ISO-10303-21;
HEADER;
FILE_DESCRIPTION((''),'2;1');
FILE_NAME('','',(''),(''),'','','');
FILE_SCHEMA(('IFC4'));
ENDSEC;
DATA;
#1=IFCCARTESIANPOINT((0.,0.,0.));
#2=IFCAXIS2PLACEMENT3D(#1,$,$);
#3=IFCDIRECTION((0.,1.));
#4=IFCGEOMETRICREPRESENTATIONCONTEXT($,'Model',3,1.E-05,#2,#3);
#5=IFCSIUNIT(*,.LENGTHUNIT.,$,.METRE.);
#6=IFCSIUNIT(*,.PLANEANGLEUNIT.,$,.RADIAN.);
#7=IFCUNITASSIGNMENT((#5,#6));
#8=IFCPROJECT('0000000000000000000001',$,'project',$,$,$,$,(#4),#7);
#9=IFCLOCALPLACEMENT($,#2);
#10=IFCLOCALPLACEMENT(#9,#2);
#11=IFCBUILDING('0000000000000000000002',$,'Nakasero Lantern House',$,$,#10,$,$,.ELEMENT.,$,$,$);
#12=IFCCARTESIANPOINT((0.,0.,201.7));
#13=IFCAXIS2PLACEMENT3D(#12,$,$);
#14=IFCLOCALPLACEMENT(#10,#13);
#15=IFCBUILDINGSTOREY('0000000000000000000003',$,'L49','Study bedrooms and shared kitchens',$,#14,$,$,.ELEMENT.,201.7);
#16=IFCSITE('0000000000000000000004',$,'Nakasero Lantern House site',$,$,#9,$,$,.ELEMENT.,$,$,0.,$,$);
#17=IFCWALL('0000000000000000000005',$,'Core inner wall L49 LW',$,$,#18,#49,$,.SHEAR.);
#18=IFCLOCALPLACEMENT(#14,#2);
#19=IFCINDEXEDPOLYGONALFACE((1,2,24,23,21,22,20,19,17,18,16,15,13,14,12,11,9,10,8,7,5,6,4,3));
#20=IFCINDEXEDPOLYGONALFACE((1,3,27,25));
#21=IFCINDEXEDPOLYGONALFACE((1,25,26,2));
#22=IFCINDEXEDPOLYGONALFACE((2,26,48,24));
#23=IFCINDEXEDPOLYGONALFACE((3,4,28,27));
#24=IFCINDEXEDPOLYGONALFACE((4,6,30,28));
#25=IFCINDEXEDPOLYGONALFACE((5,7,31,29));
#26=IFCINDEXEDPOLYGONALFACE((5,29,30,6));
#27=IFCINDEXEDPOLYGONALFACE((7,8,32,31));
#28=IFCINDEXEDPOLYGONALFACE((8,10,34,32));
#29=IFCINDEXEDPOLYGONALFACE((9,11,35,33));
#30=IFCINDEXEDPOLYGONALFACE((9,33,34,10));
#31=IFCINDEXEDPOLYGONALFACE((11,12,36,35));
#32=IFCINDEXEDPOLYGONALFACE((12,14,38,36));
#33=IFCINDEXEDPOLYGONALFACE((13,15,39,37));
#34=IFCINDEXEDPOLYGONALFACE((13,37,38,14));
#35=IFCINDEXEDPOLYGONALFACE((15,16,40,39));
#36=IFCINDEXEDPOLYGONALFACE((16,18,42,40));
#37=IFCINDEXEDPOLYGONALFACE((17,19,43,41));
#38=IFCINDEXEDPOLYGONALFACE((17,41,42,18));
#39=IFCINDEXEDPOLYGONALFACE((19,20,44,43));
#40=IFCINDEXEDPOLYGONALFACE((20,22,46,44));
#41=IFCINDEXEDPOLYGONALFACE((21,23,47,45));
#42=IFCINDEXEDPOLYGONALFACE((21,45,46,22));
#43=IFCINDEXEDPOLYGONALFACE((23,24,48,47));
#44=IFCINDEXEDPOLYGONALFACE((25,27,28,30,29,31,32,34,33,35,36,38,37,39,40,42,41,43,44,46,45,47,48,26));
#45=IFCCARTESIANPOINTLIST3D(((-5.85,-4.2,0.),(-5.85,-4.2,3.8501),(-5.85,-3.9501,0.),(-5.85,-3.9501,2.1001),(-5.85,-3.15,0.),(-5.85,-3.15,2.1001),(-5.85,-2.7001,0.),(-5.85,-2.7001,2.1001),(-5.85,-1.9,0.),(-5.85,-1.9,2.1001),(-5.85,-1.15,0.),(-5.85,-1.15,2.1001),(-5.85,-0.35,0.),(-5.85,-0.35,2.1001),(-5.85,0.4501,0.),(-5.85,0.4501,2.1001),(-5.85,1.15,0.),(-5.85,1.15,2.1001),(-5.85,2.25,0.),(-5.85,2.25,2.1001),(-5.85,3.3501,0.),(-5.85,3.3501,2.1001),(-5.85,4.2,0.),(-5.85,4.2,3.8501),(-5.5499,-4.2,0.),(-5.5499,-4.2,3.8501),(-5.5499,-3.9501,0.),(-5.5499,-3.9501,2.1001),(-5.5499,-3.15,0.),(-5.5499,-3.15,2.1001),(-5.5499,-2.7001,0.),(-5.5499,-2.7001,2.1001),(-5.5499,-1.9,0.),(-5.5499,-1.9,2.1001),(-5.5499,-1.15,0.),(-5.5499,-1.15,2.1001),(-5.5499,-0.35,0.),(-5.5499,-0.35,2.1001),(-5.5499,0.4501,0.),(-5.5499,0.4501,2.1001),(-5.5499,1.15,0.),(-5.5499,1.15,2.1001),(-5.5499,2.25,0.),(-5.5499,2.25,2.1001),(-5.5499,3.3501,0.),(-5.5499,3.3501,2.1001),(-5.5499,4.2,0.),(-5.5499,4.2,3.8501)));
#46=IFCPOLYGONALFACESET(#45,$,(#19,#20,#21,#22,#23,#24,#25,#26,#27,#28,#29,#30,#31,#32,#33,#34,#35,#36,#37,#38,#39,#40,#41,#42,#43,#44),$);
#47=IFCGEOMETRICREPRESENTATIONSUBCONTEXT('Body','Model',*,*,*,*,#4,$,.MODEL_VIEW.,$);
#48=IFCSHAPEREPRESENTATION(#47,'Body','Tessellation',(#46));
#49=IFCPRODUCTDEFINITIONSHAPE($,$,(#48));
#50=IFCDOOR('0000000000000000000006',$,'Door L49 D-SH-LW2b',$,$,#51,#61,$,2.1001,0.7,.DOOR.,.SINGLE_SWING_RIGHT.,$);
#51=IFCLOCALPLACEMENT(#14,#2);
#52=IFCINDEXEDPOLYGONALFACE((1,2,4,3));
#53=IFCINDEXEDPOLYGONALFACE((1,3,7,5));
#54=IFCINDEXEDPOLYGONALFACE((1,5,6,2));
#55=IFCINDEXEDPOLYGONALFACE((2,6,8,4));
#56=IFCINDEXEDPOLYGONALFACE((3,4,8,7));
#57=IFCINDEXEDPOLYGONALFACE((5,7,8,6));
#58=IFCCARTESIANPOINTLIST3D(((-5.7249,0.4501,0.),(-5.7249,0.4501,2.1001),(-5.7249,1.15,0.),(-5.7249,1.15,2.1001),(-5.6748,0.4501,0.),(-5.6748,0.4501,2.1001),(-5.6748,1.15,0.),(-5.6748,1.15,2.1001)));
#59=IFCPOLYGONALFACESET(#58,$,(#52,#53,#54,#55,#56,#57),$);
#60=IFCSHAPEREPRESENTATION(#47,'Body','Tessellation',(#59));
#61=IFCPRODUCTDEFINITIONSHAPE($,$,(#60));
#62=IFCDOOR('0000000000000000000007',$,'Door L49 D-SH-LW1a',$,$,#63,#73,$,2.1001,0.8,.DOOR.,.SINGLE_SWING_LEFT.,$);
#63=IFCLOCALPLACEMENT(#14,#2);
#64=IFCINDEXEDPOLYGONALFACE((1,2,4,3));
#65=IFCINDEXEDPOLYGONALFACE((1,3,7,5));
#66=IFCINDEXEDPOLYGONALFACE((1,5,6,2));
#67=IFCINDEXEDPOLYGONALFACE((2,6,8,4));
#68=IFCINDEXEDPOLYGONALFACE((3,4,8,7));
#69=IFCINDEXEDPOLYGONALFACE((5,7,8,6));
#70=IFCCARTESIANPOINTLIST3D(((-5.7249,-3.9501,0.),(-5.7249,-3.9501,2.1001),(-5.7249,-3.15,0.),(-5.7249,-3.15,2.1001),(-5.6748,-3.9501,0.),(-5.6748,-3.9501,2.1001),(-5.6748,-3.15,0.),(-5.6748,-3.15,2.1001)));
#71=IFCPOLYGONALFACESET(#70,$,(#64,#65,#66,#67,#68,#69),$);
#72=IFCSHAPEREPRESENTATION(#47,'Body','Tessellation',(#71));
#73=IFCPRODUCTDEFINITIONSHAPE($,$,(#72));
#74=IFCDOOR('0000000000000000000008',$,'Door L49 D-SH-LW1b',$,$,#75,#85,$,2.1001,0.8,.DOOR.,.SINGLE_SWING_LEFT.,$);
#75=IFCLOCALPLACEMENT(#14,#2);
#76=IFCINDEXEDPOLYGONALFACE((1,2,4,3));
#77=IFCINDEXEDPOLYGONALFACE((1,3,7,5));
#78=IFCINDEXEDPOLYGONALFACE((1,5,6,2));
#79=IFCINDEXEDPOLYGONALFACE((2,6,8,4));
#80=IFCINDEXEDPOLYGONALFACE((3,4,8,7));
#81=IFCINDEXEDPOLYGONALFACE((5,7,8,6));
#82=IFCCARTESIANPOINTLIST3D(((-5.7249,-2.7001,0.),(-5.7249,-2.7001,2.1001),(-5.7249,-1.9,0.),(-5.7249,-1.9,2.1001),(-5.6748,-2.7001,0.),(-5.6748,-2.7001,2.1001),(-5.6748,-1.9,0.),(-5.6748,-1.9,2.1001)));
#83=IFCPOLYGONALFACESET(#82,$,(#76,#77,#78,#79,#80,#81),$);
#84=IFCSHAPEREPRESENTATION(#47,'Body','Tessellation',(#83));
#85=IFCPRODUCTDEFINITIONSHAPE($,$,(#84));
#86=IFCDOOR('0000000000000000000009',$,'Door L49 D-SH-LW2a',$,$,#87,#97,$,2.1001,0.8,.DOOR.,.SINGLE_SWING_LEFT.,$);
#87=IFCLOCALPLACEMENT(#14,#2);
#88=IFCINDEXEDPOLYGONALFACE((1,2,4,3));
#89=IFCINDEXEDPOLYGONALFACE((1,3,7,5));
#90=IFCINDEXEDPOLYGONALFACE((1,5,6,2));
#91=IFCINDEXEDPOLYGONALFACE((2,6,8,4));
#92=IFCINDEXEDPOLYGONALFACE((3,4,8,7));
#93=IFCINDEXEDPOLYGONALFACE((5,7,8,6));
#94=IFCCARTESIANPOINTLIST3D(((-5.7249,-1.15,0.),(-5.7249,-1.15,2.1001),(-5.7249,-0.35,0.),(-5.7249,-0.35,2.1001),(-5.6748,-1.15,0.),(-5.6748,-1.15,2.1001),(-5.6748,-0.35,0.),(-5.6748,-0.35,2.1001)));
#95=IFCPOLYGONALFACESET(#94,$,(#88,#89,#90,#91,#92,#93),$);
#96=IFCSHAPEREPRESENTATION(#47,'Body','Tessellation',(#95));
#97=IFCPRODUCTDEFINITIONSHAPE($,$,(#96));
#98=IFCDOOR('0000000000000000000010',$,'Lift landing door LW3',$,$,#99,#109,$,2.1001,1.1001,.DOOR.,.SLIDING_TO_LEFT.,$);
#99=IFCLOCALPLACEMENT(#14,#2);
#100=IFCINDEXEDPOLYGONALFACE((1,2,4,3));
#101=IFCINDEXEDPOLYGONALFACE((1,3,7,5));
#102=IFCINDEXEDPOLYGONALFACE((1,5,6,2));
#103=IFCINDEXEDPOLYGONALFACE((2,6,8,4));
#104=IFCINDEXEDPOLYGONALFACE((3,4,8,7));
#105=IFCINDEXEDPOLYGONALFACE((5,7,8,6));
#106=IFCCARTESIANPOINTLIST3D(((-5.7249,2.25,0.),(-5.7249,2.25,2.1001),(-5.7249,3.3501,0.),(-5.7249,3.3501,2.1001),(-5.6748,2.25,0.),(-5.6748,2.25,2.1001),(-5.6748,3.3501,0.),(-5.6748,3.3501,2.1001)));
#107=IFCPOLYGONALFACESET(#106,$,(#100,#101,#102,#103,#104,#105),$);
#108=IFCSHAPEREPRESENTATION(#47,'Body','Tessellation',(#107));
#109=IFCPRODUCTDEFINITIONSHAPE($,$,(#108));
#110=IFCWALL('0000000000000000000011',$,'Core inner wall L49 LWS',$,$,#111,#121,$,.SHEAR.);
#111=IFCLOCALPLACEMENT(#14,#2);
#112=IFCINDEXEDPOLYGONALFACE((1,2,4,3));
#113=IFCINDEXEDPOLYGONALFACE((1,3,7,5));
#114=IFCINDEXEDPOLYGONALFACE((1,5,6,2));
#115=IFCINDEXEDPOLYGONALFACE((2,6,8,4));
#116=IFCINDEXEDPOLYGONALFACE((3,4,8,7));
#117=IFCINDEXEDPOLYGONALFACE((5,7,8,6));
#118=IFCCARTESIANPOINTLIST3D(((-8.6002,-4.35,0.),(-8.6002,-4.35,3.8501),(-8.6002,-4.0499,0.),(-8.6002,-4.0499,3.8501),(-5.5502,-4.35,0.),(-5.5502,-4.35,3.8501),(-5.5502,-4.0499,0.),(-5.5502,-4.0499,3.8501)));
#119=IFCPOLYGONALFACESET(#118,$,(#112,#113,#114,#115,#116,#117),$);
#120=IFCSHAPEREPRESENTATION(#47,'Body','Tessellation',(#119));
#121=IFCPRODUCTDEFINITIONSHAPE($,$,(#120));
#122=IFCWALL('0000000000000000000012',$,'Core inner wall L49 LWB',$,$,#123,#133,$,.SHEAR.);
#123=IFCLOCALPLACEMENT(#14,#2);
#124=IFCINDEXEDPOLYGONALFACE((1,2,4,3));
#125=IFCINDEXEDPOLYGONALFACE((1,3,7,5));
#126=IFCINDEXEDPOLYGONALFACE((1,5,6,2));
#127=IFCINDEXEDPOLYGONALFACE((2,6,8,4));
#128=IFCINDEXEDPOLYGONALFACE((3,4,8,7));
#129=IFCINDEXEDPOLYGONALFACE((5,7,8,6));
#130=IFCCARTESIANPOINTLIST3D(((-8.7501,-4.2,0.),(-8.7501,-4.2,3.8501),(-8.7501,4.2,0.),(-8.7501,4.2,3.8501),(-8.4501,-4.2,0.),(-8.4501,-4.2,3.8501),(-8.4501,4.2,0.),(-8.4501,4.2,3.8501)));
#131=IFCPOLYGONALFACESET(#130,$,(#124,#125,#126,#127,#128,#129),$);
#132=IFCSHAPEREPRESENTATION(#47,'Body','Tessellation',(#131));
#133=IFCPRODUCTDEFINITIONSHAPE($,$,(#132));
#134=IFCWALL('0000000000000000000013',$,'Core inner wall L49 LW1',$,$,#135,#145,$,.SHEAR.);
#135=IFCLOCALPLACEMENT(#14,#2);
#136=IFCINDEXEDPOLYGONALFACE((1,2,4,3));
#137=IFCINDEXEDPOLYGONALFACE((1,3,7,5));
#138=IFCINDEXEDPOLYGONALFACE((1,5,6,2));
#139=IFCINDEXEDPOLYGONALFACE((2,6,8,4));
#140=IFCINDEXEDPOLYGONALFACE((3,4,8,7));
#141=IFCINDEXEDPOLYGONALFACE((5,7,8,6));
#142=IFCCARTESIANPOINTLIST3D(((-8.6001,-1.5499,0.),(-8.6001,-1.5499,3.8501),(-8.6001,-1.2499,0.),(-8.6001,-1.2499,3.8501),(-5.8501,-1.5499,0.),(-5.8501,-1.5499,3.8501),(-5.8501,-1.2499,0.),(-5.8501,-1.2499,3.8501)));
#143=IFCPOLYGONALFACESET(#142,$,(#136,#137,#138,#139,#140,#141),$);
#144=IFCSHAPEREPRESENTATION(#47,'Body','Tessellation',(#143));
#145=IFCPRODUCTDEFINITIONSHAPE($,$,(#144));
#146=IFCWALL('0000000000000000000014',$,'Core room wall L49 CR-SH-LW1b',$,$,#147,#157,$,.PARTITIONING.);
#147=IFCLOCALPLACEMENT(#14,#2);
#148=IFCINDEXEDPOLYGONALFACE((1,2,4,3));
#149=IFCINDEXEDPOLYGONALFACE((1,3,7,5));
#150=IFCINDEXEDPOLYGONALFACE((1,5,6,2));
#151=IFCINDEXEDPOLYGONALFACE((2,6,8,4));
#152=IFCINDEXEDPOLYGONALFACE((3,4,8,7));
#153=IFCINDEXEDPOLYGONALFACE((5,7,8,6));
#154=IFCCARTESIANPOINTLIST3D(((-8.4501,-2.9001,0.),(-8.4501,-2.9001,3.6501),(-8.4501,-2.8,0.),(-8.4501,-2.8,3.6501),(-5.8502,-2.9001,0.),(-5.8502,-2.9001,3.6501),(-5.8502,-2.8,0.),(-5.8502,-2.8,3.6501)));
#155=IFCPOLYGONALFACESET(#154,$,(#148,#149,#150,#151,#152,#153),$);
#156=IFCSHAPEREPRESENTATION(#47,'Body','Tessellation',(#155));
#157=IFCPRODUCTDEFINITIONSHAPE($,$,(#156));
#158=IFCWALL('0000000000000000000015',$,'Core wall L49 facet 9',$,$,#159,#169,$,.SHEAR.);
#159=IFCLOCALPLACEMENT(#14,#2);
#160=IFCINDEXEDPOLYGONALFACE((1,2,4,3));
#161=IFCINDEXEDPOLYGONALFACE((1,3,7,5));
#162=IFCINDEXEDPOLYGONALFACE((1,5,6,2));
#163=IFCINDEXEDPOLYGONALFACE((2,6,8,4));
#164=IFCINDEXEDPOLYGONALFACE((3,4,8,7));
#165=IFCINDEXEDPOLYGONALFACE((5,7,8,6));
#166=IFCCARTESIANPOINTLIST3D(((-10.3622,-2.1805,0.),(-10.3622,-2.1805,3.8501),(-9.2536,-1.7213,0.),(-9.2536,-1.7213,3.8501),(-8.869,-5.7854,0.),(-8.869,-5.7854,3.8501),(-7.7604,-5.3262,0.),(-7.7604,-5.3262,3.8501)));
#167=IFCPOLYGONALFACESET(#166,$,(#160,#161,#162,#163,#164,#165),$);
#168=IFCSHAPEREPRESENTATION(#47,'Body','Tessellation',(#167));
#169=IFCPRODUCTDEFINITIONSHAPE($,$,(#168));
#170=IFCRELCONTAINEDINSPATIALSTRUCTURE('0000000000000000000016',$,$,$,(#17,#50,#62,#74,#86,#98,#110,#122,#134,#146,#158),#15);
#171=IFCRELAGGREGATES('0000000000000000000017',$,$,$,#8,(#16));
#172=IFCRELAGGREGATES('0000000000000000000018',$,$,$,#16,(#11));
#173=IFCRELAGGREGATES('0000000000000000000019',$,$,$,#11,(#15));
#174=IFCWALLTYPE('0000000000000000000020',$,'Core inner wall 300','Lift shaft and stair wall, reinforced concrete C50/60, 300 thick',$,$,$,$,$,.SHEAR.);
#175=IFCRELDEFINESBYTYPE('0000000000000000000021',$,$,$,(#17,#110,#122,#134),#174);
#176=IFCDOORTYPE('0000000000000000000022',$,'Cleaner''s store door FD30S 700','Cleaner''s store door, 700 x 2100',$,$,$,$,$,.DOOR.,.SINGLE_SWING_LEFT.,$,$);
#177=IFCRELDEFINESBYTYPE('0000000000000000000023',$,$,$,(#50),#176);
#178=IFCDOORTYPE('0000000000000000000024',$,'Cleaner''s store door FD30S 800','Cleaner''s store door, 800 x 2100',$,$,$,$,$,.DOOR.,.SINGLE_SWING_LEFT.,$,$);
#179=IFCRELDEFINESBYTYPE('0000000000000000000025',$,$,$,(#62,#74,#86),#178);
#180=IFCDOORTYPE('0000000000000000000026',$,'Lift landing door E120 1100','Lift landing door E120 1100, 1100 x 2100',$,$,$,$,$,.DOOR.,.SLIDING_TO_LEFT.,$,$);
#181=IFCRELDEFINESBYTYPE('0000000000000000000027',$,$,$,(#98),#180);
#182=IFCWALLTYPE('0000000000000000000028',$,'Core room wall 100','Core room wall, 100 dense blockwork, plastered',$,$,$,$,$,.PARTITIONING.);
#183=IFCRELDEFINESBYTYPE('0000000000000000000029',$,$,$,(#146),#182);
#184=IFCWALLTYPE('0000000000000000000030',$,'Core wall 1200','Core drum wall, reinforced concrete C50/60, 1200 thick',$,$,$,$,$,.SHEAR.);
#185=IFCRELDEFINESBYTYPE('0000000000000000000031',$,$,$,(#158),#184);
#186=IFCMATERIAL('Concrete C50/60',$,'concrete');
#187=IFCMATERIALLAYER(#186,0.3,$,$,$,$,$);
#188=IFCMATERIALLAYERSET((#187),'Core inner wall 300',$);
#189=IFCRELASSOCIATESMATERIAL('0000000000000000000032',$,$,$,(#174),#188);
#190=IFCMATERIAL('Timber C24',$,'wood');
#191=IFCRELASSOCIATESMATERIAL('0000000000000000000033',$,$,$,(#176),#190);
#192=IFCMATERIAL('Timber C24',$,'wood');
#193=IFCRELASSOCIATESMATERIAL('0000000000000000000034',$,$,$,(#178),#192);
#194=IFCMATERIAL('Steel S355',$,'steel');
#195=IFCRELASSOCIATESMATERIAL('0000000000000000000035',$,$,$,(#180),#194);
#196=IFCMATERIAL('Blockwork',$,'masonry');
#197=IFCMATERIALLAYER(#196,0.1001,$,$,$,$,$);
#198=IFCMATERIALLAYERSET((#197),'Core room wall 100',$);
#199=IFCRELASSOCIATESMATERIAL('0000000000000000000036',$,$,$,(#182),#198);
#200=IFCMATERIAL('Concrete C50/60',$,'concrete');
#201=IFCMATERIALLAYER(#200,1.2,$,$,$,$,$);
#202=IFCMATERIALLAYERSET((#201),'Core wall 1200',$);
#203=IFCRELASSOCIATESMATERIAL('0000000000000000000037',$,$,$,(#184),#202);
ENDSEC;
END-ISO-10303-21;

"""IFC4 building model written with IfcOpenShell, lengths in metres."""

from ifc_helpers import new_model, si_unit, direction, frame, frame_2d, origin, place, context, subcontext, project, spatial, rectangle, extrude, material, layer, layer_set, type_object, element, fill, save


model = new_model("IFC4")

# Units and contexts
model_context = context("Model", 3, precision=1e-05, world=origin(), true_north=direction((0.0, 1.0)))
body_context = subcontext(model_context, "Body", "Model", "MODEL_VIEW")
ifc_project = project(units=[si_unit("LENGTHUNIT", "METRE"), si_unit("PLANEANGLEUNIT", "RADIAN")], contexts=[model_context])

# Site, building, storey
site_placement = place(None, origin())
site = spatial("IfcSite", under=ifc_project, at=site_placement, Name="Nakasero Lantern House site", CompositionType="ELEMENT", RefElevation=0.0)
building_placement = place(site_placement, origin())
building = spatial("IfcBuilding", under=site, at=building_placement, Name="Nakasero Lantern House", CompositionType="ELEMENT")
storey_placement = place(building_placement, frame((0.0, 0.0, 201.7)))
storey = spatial("IfcBuildingStorey", under=building, at=storey_placement, Name="L49", Description="Study bedrooms and shared kitchens", CompositionType="ELEMENT", Elevation=201.7)

# Wall, openings, doors
ifc_material_1 = material(Name="Concrete C50/60", Category="concrete")
ifc_layer_1 = layer(ifc_material_1, 0.3)
ifc_layer_set_1 = layer_set([ifc_layer_1], Name="Core inner wall 300")
wall_type_1 = type_object("IfcWallType", Name="Core inner wall 300", Description="Lift shaft and stair wall, reinforced concrete C50/60, 300 thick", PredefinedType="SHEAR", material=ifc_layer_set_1)
wall_1_placement = place(storey_placement, frame((-5.7, -4.2, 0.0), z_axis=(0.0, 0.0, 1.0), x_axis=(0.0, 1.0, 0.0)))
wall_1 = element("IfcWall", 1, at=wall_1_placement, inside=storey, type_object=wall_type_1, Name="Core inner wall L49 LW", PredefinedType="SHEAR", context=body_context, shape_type="SweptSolid", body=[
    extrude(rectangle(XDim=8.3999, YDim=0.3, at=frame_2d((4.2, 0.0))), origin(), (0.0, 0.0, 1.0), 3.8501),
])
opening_1_placement = place(wall_1_placement, frame((0.25, 0.0, 0.0)))
opening_1 = element("IfcOpeningElement", 2, at=opening_1_placement, cuts=wall_1, PredefinedType="OPENING", context=body_context, shape_type="SweptSolid", body=[
    extrude(rectangle(XDim=0.8, YDim=2.1001, at=frame_2d((0.3999, 1.05))), frame((0.0, 0.1699, 0.0), z_axis=(0.0, -1.0, 0.0), x_axis=(1.0, 0.0, 0.0)), (0.0, 0.0, 1.0), 0.3401),
])
opening_2_placement = place(wall_1_placement, frame((1.5, 0.0, 0.0)))
opening_2 = element("IfcOpeningElement", 3, at=opening_2_placement, cuts=wall_1, PredefinedType="OPENING", context=body_context, shape_type="SweptSolid", body=[
    extrude(rectangle(XDim=0.8, YDim=2.1001, at=frame_2d((0.3999, 1.05))), frame((0.0, 0.1699, 0.0), z_axis=(0.0, -1.0, 0.0), x_axis=(1.0, 0.0, 0.0)), (0.0, 0.0, 1.0), 0.3401),
])
opening_3_placement = place(wall_1_placement, frame((3.05, 0.0, 0.0)))
opening_3 = element("IfcOpeningElement", 4, at=opening_3_placement, cuts=wall_1, PredefinedType="OPENING", context=body_context, shape_type="SweptSolid", body=[
    extrude(rectangle(XDim=0.8, YDim=2.1001, at=frame_2d((0.3999, 1.05))), frame((0.0, 0.1699, 0.0), z_axis=(0.0, -1.0, 0.0), x_axis=(1.0, 0.0, 0.0)), (0.0, 0.0, 1.0), 0.3401),
])
opening_4_placement = place(wall_1_placement, frame((4.6499, 0.0, 0.0)))
opening_4 = element("IfcOpeningElement", 5, at=opening_4_placement, cuts=wall_1, PredefinedType="OPENING", context=body_context, shape_type="SweptSolid", body=[
    extrude(rectangle(XDim=0.7, YDim=2.1001, at=frame_2d((0.3501, 1.05))), frame((0.0, 0.1699, 0.0), z_axis=(0.0, -1.0, 0.0), x_axis=(1.0, 0.0, 0.0)), (0.0, 0.0, 1.0), 0.3401),
])
opening_5_placement = place(wall_1_placement, frame((6.45, 0.0, 0.0)))
opening_5 = element("IfcOpeningElement", 6, at=opening_5_placement, cuts=wall_1, PredefinedType="OPENING", context=body_context, shape_type="SweptSolid", body=[
    extrude(rectangle(XDim=1.1001, YDim=2.1001, at=frame_2d((0.55, 1.05))), frame((0.0, 0.1699, 0.0), z_axis=(0.0, -1.0, 0.0), x_axis=(1.0, 0.0, 0.0)), (0.0, 0.0, 1.0), 0.3401),
])
ifc_material_2 = material(Name="Timber C24", Category="wood")
door_type_1 = type_object("IfcDoorType", Name="Cleaner's store door FD30S 700", Description="Cleaner's store door, 700 x 2100", OperationType="SINGLE_SWING_LEFT", PredefinedType="DOOR", material=ifc_material_2)
door_1_placement = place(opening_4_placement, origin())
door_1 = element("IfcDoor", 7, at=door_1_placement, inside=storey, type_object=door_type_1, Name="Door L49 D-SH-LW2b", OperationType="SINGLE_SWING_RIGHT", OverallHeight=2.1001, OverallWidth=0.7, PredefinedType="DOOR", context=body_context, shape_type="SweptSolid", body=[
    extrude(rectangle(XDim=0.7, YDim=2.1001, at=frame_2d((0.3501, 1.05))), frame((0.0, 0.0249, 0.0), z_axis=(0.0, -1.0, 0.0), x_axis=(1.0, 0.0, 0.0)), (0.0, 0.0, 1.0), 0.05),
])
fill(opening_4, door_1)
ifc_material_3 = material(Name="Timber C24", Category="wood")
door_type_2 = type_object("IfcDoorType", Name="Cleaner's store door FD30S 800", Description="Cleaner's store door, 800 x 2100", OperationType="SINGLE_SWING_LEFT", PredefinedType="DOOR", material=ifc_material_3)
door_2_placement = place(opening_1_placement, origin())
door_2 = element("IfcDoor", 8, at=door_2_placement, inside=storey, type_object=door_type_2, Name="Door L49 D-SH-LW1a", OperationType="SINGLE_SWING_LEFT", OverallHeight=2.1001, OverallWidth=0.8, PredefinedType="DOOR", context=body_context, shape_type="SweptSolid", body=[
    extrude(rectangle(XDim=0.8, YDim=2.1001, at=frame_2d((0.3999, 1.05))), frame((0.0, 0.0249, 0.0), z_axis=(0.0, -1.0, 0.0), x_axis=(1.0, 0.0, 0.0)), (0.0, 0.0, 1.0), 0.05),
])
fill(opening_1, door_2)
door_3_placement = place(opening_2_placement, origin())
door_3 = element("IfcDoor", 9, at=door_3_placement, inside=storey, type_object=door_type_2, Name="Door L49 D-SH-LW1b", OperationType="SINGLE_SWING_LEFT", OverallHeight=2.1001, OverallWidth=0.8, PredefinedType="DOOR", context=body_context, shape_type="SweptSolid", body=[
    extrude(rectangle(XDim=0.8, YDim=2.1001, at=frame_2d((0.3999, 1.05))), frame((0.0, 0.0249, 0.0), z_axis=(0.0, -1.0, 0.0), x_axis=(1.0, 0.0, 0.0)), (0.0, 0.0, 1.0), 0.05),
])
fill(opening_2, door_3)
door_4_placement = place(opening_3_placement, origin())
door_4 = element("IfcDoor", 10, at=door_4_placement, inside=storey, type_object=door_type_2, Name="Door L49 D-SH-LW2a", OperationType="SINGLE_SWING_LEFT", OverallHeight=2.1001, OverallWidth=0.8, PredefinedType="DOOR", context=body_context, shape_type="SweptSolid", body=[
    extrude(rectangle(XDim=0.8, YDim=2.1001, at=frame_2d((0.3999, 1.05))), frame((0.0, 0.0249, 0.0), z_axis=(0.0, -1.0, 0.0), x_axis=(1.0, 0.0, 0.0)), (0.0, 0.0, 1.0), 0.05),
])
fill(opening_3, door_4)
ifc_material_4 = material(Name="Steel S355", Category="steel")
door_type_3 = type_object("IfcDoorType", Name="Lift landing door E120 1100", Description="Lift landing door E120 1100, 1100 x 2100", OperationType="SLIDING_TO_LEFT", PredefinedType="DOOR", material=ifc_material_4)
door_5_placement = place(opening_5_placement, origin())
door_5 = element("IfcDoor", 11, at=door_5_placement, inside=storey, type_object=door_type_3, Name="Lift landing door LW3", OperationType="SLIDING_TO_LEFT", OverallHeight=2.1001, OverallWidth=1.1001, PredefinedType="DOOR", context=body_context, shape_type="SweptSolid", body=[
    extrude(rectangle(XDim=1.1001, YDim=2.1001, at=frame_2d((0.55, 1.05))), frame((0.0, 0.0249, 0.0), z_axis=(0.0, -1.0, 0.0), x_axis=(1.0, 0.0, 0.0)), (0.0, 0.0, 1.0), 0.05),
])
fill(opening_5, door_5)

# Walls
wall_2_placement = place(storey_placement, frame((-8.6001, -4.2, 0.0), z_axis=(0.0, 0.0, 1.0), x_axis=(1.0, 0.0, 0.0)))
element("IfcWall", 12, at=wall_2_placement, inside=storey, type_object=wall_type_1, Name="Core inner wall L49 LWS", PredefinedType="SHEAR", context=body_context, shape_type="SweptSolid", body=[
    extrude(rectangle(XDim=3.05, YDim=0.3, at=frame_2d((1.5249, 0.0))), origin(), (0.0, 0.0, 1.0), 3.8501),
])
wall_3_placement = place(storey_placement, frame((-8.6001, -4.2, 0.0), z_axis=(0.0, 0.0, 1.0), x_axis=(0.0, 1.0, 0.0)))
element("IfcWall", 13, at=wall_3_placement, inside=storey, type_object=wall_type_1, Name="Core inner wall L49 LWB", PredefinedType="SHEAR", context=body_context, shape_type="SweptSolid", body=[
    extrude(rectangle(XDim=8.3999, YDim=0.3, at=frame_2d((4.2, 0.0))), origin(), (0.0, 0.0, 1.0), 3.8501),
])
wall_4_placement = place(storey_placement, frame((-8.6001, -1.3999, 0.0), z_axis=(0.0, 0.0, 1.0), x_axis=(1.0, 0.0, 0.0)))
element("IfcWall", 14, at=wall_4_placement, inside=storey, type_object=wall_type_1, Name="Core inner wall L49 LW1", PredefinedType="SHEAR", context=body_context, shape_type="SweptSolid", body=[
    extrude(rectangle(XDim=2.75, YDim=0.3, at=frame_2d((1.375, 0.0))), origin(), (0.0, 0.0, 1.0), 3.8501),
])
ifc_material_5 = material(Name="Blockwork", Category="masonry")
ifc_layer_2 = layer(ifc_material_5, 0.1001)
ifc_layer_set_2 = layer_set([ifc_layer_2], Name="Core room wall 100")
wall_type_2 = type_object("IfcWallType", Name="Core room wall 100", Description="Core room wall, 100 dense blockwork, plastered", PredefinedType="PARTITIONING", material=ifc_layer_set_2)
wall_5_placement = place(storey_placement, frame((-8.45, -2.8501, 0.0), z_axis=(0.0, 0.0, 1.0), x_axis=(1.0, 0.0, 0.0)))
element("IfcWall", 15, at=wall_5_placement, inside=storey, type_object=wall_type_2, Name="Core room wall L49 CR-SH-LW1b", PredefinedType="PARTITIONING", context=body_context, shape_type="SweptSolid", body=[
    extrude(rectangle(XDim=2.5999, YDim=0.1001, at=frame_2d((1.2998, 0.0))), origin(), (0.0, 0.0, 1.0), 3.6501),
])
ifc_material_6 = material(Name="Concrete C50/60", Category="concrete")
ifc_layer_3 = layer(ifc_material_6, 1.2)
ifc_layer_set_3 = layer_set([ifc_layer_3], Name="Core wall 1200")
wall_type_3 = type_object("IfcWallType", Name="Core wall 1200", Description="Core drum wall, reinforced concrete C50/60, 1200 thick", PredefinedType="SHEAR", material=ifc_layer_set_3)
wall_6_placement = place(storey_placement, frame((-9.8079, -1.9509, 0.0), z_axis=(0.0, 0.0, 1.0), x_axis=(0.382691, -0.923877, 0.0)))
element("IfcWall", 16, at=wall_6_placement, inside=storey, type_object=wall_type_3, Name="Core wall L49 facet 9", PredefinedType="SHEAR", context=body_context, shape_type="SweptSolid", body=[
    extrude(rectangle(XDim=3.9019, YDim=1.2, at=frame_2d((1.9509, 0.0))), origin(), (0.0, 0.0, 1.0), 3.8501),
])

save(model, "model.ifc")
